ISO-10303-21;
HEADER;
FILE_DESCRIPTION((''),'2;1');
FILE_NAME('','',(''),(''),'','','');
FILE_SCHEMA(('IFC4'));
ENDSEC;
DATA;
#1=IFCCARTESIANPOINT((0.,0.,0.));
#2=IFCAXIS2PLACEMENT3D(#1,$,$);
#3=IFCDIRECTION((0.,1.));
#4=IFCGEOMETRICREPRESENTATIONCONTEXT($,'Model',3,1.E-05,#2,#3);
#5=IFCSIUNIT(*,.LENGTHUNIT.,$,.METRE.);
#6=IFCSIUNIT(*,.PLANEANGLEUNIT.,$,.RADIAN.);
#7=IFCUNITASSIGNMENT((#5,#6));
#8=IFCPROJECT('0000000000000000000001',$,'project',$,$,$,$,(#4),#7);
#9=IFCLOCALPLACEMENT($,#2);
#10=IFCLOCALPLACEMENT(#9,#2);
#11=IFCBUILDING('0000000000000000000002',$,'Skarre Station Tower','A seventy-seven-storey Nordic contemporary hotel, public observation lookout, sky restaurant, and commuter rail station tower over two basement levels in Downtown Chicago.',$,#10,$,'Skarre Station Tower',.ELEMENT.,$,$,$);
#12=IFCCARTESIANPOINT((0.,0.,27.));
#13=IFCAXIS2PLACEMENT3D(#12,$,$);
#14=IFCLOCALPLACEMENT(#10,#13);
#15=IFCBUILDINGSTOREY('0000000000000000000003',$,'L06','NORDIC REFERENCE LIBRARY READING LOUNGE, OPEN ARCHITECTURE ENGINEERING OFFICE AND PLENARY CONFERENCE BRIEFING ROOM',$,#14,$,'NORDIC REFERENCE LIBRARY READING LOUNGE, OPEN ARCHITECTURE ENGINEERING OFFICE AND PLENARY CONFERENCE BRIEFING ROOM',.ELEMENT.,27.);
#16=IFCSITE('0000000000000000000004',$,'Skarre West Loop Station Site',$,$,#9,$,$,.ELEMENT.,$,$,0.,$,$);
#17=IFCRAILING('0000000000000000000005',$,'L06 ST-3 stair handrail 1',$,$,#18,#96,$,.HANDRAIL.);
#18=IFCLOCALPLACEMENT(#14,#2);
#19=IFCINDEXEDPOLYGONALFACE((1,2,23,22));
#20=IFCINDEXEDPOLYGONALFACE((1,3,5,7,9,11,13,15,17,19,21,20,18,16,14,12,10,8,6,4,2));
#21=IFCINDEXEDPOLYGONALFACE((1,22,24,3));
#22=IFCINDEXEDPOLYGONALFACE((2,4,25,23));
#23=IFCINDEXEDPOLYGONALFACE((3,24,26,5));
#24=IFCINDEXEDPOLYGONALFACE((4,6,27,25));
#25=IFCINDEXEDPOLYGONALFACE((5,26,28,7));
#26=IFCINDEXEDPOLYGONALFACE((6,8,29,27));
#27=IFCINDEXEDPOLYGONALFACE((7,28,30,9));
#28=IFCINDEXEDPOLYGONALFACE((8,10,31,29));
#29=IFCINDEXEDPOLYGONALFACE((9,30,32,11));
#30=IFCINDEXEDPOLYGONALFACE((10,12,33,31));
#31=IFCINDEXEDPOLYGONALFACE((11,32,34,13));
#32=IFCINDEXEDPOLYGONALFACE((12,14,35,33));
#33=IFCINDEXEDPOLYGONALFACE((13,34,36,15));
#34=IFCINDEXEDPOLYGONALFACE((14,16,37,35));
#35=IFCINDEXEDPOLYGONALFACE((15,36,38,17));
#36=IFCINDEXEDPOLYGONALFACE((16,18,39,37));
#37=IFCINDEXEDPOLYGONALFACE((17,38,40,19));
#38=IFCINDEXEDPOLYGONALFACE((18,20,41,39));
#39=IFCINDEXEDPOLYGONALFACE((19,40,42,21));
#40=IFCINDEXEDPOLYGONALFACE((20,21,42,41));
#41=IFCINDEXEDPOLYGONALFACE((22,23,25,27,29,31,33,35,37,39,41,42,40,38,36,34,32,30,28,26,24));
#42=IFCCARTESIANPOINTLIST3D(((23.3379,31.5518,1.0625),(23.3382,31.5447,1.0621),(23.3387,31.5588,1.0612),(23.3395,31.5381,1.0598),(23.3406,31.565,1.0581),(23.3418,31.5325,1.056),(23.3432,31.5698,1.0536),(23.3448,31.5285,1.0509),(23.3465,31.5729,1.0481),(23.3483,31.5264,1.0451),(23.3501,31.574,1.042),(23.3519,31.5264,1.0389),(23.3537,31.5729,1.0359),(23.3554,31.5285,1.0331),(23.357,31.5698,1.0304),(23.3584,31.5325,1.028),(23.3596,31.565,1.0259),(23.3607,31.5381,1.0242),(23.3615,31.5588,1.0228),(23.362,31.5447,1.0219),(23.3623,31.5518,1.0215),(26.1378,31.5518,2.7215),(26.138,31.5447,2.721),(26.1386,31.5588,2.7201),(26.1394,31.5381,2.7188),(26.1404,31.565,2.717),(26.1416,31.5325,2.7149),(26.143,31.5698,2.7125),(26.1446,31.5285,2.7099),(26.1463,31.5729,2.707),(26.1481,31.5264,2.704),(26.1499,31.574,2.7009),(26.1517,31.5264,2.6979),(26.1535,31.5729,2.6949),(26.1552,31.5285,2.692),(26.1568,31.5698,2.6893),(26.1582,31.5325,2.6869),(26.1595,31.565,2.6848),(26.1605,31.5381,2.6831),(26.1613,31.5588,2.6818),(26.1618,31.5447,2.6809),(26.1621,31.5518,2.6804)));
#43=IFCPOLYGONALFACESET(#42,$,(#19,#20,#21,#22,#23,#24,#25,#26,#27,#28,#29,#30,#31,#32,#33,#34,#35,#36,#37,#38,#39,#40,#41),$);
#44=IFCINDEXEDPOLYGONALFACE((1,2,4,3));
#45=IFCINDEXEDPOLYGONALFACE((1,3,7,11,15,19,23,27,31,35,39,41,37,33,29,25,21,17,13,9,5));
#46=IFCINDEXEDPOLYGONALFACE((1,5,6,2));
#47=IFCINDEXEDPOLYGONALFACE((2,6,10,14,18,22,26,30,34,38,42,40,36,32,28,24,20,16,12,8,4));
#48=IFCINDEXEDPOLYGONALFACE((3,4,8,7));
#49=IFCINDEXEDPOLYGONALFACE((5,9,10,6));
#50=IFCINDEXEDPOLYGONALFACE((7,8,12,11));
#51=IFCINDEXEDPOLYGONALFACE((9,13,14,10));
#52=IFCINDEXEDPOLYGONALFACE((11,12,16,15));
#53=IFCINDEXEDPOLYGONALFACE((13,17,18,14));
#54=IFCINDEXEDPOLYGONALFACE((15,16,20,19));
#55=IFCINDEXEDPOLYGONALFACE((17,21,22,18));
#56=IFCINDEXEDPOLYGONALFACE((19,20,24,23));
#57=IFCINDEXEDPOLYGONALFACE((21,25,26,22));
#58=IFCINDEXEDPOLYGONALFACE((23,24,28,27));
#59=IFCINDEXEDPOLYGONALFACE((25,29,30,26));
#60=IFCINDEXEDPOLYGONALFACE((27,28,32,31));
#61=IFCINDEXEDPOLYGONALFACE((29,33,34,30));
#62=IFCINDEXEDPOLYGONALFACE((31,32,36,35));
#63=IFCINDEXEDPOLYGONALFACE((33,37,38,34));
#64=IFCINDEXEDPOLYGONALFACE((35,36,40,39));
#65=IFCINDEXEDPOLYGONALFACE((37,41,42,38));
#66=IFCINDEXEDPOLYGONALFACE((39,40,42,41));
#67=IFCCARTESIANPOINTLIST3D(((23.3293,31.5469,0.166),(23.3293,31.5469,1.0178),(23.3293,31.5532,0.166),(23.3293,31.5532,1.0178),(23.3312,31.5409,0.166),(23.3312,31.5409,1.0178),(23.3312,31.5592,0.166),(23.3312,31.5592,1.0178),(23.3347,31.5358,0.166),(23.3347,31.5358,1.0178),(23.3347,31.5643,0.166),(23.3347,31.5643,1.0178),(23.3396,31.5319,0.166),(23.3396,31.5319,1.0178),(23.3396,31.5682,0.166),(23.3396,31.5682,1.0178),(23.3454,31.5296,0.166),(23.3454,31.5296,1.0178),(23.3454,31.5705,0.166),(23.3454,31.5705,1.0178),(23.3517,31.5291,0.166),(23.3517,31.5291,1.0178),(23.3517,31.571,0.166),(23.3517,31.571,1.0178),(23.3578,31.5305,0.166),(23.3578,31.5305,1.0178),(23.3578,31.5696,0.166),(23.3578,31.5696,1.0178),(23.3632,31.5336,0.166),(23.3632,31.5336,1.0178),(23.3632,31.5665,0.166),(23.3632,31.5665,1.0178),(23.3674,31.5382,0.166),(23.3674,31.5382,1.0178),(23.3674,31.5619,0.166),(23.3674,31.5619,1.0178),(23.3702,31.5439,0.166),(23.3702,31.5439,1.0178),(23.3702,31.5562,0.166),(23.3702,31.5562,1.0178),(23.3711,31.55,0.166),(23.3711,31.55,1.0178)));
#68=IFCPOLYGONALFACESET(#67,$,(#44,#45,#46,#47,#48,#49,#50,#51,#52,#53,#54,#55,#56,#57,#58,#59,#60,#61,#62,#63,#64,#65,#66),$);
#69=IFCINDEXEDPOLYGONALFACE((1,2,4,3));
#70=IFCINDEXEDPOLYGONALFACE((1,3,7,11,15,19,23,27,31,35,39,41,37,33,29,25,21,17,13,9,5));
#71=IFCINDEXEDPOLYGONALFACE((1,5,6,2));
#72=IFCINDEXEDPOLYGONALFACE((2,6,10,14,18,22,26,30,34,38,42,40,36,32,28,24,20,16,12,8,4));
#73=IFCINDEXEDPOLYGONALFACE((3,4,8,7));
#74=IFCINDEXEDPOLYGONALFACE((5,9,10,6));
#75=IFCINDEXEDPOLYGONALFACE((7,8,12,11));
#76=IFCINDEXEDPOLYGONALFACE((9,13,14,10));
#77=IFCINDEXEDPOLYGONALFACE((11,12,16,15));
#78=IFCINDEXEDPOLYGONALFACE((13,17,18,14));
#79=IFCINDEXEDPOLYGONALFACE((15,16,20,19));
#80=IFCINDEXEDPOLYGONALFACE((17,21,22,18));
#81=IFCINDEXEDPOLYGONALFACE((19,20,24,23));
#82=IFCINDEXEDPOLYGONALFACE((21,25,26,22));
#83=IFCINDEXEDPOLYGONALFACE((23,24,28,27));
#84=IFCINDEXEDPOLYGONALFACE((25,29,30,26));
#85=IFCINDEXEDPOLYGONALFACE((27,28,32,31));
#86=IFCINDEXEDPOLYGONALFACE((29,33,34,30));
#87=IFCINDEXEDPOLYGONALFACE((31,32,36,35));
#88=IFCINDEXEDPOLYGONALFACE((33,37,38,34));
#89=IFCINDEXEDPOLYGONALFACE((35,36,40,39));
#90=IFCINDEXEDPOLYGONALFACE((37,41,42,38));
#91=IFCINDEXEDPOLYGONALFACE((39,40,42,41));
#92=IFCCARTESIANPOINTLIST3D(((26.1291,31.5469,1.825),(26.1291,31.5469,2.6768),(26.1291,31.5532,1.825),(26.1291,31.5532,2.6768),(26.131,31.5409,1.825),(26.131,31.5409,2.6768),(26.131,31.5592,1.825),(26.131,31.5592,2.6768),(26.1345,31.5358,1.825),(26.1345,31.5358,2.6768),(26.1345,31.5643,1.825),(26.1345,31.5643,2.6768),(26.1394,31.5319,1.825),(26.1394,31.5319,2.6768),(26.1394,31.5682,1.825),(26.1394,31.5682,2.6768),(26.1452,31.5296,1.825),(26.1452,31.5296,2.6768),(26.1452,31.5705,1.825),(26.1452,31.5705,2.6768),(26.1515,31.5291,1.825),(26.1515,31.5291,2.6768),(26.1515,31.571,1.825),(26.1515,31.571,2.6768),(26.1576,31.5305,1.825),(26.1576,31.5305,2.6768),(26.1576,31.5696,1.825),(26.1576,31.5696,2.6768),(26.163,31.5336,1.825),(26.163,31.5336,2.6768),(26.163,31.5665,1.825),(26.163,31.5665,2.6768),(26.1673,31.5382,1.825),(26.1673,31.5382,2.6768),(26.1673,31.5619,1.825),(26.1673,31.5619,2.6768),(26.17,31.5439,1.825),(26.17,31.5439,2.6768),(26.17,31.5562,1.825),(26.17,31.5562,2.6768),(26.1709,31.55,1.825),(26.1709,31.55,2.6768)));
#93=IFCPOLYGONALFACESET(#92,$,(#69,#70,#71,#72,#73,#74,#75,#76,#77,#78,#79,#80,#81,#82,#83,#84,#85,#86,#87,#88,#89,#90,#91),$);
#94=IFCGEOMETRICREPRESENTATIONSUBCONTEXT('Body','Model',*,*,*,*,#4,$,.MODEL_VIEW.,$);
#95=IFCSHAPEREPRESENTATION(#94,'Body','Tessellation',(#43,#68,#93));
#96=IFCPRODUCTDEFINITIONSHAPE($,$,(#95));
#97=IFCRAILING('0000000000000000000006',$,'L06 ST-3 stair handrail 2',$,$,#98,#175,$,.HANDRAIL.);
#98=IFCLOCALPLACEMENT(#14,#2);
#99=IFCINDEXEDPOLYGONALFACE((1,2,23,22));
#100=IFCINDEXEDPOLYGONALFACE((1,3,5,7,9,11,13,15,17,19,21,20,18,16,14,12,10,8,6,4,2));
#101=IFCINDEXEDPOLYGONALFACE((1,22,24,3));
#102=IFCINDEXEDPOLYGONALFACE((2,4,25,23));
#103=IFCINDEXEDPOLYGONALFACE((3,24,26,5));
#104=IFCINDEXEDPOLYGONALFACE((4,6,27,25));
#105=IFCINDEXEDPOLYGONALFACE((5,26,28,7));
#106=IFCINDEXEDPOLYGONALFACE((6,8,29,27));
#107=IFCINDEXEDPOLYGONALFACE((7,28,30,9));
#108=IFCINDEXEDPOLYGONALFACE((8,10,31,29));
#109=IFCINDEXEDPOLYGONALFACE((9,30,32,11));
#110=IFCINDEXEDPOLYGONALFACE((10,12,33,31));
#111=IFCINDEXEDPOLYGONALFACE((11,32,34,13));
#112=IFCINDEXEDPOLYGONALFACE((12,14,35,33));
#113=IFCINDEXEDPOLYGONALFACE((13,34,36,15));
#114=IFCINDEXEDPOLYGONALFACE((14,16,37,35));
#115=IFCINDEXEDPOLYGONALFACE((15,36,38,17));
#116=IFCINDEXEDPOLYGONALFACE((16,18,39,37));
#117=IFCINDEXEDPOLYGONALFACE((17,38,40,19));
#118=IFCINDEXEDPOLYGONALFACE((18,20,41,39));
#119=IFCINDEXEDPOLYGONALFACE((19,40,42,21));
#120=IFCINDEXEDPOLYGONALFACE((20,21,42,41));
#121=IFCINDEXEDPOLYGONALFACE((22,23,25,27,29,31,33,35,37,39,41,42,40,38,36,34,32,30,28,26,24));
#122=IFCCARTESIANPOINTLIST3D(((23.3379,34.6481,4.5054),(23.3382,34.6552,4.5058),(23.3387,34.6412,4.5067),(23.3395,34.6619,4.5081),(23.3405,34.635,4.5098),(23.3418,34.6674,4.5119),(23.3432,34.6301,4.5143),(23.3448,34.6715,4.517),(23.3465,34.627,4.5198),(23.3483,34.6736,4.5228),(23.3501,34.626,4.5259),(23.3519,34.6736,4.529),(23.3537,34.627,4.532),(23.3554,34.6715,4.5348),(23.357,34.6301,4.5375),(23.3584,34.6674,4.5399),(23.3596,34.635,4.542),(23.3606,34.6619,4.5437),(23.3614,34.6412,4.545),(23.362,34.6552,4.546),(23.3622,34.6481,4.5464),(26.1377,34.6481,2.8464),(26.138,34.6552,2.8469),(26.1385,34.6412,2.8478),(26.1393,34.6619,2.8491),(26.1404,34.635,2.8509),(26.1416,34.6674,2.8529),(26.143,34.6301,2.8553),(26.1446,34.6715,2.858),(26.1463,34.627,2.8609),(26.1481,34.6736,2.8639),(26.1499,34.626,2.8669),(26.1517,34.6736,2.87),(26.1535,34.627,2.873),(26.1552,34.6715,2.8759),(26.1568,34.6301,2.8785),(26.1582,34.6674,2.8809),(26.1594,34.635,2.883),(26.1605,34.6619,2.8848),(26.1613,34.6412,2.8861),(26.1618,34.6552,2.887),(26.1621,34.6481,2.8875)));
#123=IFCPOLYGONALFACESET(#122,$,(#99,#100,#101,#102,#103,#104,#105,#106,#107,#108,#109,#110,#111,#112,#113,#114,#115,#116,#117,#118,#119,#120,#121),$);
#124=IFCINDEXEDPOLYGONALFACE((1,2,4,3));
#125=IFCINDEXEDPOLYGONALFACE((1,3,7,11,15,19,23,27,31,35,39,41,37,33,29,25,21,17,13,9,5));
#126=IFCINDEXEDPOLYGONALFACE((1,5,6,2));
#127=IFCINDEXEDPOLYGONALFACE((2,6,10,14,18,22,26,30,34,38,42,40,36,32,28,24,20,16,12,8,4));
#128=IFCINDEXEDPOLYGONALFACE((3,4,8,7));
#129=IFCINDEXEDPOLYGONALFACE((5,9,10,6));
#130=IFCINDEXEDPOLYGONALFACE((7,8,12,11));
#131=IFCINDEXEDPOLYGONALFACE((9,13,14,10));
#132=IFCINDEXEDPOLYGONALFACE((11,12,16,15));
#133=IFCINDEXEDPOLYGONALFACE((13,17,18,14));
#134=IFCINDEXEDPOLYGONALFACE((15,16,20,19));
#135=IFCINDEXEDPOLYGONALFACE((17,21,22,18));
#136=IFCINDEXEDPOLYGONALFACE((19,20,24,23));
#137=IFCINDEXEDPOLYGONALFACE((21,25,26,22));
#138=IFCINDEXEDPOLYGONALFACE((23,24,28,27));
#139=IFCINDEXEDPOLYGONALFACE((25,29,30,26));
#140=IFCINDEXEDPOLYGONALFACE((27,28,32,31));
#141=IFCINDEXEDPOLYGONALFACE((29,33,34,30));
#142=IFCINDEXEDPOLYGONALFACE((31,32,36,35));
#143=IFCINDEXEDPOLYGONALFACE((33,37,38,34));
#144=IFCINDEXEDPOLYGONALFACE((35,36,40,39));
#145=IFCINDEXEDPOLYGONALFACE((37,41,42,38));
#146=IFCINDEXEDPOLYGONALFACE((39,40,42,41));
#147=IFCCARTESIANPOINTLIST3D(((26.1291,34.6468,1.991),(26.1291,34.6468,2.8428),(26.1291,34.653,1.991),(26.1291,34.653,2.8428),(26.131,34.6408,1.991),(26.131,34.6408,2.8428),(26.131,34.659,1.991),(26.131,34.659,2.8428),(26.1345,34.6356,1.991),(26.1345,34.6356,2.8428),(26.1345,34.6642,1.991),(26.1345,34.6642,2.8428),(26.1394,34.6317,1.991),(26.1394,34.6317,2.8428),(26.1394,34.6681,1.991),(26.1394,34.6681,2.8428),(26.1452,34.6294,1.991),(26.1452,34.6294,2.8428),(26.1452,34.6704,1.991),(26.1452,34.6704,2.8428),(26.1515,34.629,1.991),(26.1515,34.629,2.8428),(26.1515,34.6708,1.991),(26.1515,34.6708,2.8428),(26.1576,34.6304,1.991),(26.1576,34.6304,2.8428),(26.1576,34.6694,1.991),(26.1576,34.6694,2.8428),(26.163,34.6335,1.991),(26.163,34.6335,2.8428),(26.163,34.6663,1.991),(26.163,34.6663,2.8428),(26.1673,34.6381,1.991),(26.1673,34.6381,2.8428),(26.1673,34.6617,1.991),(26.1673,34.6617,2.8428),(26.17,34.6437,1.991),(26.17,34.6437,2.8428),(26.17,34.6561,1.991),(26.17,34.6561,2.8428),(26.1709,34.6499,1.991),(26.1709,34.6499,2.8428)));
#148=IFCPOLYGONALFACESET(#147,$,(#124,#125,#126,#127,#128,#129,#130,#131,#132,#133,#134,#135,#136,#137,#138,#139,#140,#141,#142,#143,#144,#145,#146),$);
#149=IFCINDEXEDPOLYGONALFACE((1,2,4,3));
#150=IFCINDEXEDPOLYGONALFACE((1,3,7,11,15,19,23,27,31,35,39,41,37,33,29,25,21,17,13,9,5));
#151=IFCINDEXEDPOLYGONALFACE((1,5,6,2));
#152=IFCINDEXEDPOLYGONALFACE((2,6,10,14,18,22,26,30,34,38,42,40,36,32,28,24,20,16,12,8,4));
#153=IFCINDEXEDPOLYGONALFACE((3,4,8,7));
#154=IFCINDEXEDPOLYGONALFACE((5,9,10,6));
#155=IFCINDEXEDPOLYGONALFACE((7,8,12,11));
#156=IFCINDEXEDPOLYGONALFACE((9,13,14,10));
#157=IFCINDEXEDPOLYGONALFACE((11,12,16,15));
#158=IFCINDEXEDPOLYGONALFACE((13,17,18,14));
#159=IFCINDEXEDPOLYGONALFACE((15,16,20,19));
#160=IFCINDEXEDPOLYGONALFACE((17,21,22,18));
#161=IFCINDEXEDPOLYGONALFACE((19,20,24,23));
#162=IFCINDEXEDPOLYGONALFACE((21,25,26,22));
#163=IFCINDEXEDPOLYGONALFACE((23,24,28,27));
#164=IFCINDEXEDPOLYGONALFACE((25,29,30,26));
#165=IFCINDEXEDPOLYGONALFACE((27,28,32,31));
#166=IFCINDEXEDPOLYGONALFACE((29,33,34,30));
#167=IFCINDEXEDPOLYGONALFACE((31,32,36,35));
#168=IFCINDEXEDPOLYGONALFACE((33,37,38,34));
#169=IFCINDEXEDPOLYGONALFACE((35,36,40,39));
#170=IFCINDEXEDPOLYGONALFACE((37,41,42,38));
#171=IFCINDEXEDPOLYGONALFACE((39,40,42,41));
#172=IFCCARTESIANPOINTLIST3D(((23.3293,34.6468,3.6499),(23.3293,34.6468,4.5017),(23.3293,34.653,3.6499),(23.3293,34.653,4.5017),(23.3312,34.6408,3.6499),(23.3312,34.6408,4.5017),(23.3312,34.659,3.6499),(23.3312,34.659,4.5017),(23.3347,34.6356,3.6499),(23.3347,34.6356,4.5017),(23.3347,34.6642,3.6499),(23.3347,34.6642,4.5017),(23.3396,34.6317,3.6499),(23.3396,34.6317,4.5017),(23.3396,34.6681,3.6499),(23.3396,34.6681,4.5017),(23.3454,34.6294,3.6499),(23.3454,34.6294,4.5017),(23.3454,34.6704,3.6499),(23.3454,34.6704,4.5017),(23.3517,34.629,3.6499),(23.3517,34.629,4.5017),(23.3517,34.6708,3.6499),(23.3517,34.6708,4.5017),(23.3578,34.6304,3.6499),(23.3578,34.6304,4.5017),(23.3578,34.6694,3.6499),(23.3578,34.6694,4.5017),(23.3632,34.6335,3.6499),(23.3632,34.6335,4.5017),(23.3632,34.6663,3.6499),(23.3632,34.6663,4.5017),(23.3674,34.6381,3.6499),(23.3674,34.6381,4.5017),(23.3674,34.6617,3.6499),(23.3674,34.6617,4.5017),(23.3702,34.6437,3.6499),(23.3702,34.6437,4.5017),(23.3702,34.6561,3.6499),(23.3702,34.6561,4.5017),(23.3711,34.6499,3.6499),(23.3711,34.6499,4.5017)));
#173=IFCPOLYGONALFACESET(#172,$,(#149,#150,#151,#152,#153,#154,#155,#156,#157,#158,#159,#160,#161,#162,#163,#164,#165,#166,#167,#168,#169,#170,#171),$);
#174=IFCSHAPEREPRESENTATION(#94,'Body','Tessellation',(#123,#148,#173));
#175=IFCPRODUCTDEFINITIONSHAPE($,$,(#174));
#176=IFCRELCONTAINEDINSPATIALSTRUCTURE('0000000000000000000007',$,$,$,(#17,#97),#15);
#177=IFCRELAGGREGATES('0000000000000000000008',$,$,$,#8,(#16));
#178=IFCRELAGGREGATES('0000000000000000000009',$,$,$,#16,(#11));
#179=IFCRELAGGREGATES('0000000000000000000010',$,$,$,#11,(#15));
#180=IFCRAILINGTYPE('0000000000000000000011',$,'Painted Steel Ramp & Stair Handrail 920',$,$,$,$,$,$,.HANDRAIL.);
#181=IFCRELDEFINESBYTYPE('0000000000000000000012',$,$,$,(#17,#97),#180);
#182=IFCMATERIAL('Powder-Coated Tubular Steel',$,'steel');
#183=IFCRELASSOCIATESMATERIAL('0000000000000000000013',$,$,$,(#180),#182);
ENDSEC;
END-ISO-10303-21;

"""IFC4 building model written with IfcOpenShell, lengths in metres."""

from ifc_helpers import new_model, si_unit, direction, frame, origin, origin_2d, place, context, subcontext, project, spatial, circle, extrude, material, type_object, element, save


model = new_model("IFC4")

# Units and contexts
model_context = context("Model", 3, precision=1e-05, world=origin(), true_north=direction((0.0, 1.0)))
body_context = subcontext(model_context, "Body", "Model", "MODEL_VIEW")
ifc_project = project(units=[si_unit("LENGTHUNIT", "METRE"), si_unit("PLANEANGLEUNIT", "RADIAN")], contexts=[model_context])

# Site, building, storey
site_placement = place(None, origin())
site = spatial("IfcSite", under=ifc_project, at=site_placement, Name="Skarre West Loop Station Site", CompositionType="ELEMENT", RefElevation=0.0)
building_placement = place(site_placement, origin())
building = spatial("IfcBuilding", under=site, at=building_placement, Name="Skarre Station Tower", Description="A seventy-seven-storey Nordic contemporary hotel, public observation lookout, sky restaurant, and commuter rail station tower over two basement levels in Downtown Chicago.", LongName="Skarre Station Tower", CompositionType="ELEMENT")
storey_placement = place(building_placement, frame((0.0, 0.0, 27.0)))
storey = spatial("IfcBuildingStorey", under=building, at=storey_placement, Name="L06", Description="NORDIC REFERENCE LIBRARY READING LOUNGE, OPEN ARCHITECTURE ENGINEERING OFFICE AND PLENARY CONFERENCE BRIEFING ROOM", LongName="NORDIC REFERENCE LIBRARY READING LOUNGE, OPEN ARCHITECTURE ENGINEERING OFFICE AND PLENARY CONFERENCE BRIEFING ROOM", CompositionType="ELEMENT", Elevation=27.0)

# Railings
ifc_material_1 = material(Name="Powder-Coated Tubular Steel", Category="steel")
railing_type_1 = type_object("IfcRailingType", Name="Painted Steel Ramp & Stair Handrail 920", PredefinedType="HANDRAIL", material=ifc_material_1)
railing_1_placement = place(storey_placement, frame((23.3501, 31.55, 0.166)))
element("IfcRailing", 1, at=railing_1_placement, inside=storey, type_object=railing_type_1, Name="L06 ST-3 stair handrail 1", PredefinedType="HANDRAIL", context=body_context, shape_type="SweptSolid", body=[
    extrude(circle(Radius=0.0239, at=origin_2d()), frame((0.0, 0.0, 0.876), z_axis=(0.86032, 0.0, 0.509755), x_axis=(0.0, 1.0, 0.0)), (0.0, 0.0, 1.0), 3.2544),
    extrude(circle(Radius=0.021, at=origin_2d()), origin(), (0.0, 0.0, 1.0), 0.8518),
    extrude(circle(Radius=0.021, at=origin_2d()), frame((2.7998, 0.0, 1.6589)), (0.0, 0.0, 1.0), 0.8518),
])
railing_2_placement = place(storey_placement, frame((26.1499, 34.6499, 1.991)))
element("IfcRailing", 2, at=railing_2_placement, inside=storey, type_object=railing_type_1, Name="L06 ST-3 stair handrail 2", PredefinedType="HANDRAIL", context=body_context, shape_type="SweptSolid", body=[
    extrude(circle(Radius=0.0239, at=origin_2d()), frame((0.0, 0.0, 0.876), z_axis=(-0.86032, 0.0, 0.509755), x_axis=(0.0, -1.0, 0.0)), (0.0, 0.0, 1.0), 3.2544),
    extrude(circle(Radius=0.021, at=origin_2d()), origin(), (0.0, 0.0, 1.0), 0.8518),
    extrude(circle(Radius=0.021, at=origin_2d()), frame((-2.7998, 0.0, 1.6589)), (0.0, 0.0, 1.0), 0.8518),
])

save(model, "model.ifc")
